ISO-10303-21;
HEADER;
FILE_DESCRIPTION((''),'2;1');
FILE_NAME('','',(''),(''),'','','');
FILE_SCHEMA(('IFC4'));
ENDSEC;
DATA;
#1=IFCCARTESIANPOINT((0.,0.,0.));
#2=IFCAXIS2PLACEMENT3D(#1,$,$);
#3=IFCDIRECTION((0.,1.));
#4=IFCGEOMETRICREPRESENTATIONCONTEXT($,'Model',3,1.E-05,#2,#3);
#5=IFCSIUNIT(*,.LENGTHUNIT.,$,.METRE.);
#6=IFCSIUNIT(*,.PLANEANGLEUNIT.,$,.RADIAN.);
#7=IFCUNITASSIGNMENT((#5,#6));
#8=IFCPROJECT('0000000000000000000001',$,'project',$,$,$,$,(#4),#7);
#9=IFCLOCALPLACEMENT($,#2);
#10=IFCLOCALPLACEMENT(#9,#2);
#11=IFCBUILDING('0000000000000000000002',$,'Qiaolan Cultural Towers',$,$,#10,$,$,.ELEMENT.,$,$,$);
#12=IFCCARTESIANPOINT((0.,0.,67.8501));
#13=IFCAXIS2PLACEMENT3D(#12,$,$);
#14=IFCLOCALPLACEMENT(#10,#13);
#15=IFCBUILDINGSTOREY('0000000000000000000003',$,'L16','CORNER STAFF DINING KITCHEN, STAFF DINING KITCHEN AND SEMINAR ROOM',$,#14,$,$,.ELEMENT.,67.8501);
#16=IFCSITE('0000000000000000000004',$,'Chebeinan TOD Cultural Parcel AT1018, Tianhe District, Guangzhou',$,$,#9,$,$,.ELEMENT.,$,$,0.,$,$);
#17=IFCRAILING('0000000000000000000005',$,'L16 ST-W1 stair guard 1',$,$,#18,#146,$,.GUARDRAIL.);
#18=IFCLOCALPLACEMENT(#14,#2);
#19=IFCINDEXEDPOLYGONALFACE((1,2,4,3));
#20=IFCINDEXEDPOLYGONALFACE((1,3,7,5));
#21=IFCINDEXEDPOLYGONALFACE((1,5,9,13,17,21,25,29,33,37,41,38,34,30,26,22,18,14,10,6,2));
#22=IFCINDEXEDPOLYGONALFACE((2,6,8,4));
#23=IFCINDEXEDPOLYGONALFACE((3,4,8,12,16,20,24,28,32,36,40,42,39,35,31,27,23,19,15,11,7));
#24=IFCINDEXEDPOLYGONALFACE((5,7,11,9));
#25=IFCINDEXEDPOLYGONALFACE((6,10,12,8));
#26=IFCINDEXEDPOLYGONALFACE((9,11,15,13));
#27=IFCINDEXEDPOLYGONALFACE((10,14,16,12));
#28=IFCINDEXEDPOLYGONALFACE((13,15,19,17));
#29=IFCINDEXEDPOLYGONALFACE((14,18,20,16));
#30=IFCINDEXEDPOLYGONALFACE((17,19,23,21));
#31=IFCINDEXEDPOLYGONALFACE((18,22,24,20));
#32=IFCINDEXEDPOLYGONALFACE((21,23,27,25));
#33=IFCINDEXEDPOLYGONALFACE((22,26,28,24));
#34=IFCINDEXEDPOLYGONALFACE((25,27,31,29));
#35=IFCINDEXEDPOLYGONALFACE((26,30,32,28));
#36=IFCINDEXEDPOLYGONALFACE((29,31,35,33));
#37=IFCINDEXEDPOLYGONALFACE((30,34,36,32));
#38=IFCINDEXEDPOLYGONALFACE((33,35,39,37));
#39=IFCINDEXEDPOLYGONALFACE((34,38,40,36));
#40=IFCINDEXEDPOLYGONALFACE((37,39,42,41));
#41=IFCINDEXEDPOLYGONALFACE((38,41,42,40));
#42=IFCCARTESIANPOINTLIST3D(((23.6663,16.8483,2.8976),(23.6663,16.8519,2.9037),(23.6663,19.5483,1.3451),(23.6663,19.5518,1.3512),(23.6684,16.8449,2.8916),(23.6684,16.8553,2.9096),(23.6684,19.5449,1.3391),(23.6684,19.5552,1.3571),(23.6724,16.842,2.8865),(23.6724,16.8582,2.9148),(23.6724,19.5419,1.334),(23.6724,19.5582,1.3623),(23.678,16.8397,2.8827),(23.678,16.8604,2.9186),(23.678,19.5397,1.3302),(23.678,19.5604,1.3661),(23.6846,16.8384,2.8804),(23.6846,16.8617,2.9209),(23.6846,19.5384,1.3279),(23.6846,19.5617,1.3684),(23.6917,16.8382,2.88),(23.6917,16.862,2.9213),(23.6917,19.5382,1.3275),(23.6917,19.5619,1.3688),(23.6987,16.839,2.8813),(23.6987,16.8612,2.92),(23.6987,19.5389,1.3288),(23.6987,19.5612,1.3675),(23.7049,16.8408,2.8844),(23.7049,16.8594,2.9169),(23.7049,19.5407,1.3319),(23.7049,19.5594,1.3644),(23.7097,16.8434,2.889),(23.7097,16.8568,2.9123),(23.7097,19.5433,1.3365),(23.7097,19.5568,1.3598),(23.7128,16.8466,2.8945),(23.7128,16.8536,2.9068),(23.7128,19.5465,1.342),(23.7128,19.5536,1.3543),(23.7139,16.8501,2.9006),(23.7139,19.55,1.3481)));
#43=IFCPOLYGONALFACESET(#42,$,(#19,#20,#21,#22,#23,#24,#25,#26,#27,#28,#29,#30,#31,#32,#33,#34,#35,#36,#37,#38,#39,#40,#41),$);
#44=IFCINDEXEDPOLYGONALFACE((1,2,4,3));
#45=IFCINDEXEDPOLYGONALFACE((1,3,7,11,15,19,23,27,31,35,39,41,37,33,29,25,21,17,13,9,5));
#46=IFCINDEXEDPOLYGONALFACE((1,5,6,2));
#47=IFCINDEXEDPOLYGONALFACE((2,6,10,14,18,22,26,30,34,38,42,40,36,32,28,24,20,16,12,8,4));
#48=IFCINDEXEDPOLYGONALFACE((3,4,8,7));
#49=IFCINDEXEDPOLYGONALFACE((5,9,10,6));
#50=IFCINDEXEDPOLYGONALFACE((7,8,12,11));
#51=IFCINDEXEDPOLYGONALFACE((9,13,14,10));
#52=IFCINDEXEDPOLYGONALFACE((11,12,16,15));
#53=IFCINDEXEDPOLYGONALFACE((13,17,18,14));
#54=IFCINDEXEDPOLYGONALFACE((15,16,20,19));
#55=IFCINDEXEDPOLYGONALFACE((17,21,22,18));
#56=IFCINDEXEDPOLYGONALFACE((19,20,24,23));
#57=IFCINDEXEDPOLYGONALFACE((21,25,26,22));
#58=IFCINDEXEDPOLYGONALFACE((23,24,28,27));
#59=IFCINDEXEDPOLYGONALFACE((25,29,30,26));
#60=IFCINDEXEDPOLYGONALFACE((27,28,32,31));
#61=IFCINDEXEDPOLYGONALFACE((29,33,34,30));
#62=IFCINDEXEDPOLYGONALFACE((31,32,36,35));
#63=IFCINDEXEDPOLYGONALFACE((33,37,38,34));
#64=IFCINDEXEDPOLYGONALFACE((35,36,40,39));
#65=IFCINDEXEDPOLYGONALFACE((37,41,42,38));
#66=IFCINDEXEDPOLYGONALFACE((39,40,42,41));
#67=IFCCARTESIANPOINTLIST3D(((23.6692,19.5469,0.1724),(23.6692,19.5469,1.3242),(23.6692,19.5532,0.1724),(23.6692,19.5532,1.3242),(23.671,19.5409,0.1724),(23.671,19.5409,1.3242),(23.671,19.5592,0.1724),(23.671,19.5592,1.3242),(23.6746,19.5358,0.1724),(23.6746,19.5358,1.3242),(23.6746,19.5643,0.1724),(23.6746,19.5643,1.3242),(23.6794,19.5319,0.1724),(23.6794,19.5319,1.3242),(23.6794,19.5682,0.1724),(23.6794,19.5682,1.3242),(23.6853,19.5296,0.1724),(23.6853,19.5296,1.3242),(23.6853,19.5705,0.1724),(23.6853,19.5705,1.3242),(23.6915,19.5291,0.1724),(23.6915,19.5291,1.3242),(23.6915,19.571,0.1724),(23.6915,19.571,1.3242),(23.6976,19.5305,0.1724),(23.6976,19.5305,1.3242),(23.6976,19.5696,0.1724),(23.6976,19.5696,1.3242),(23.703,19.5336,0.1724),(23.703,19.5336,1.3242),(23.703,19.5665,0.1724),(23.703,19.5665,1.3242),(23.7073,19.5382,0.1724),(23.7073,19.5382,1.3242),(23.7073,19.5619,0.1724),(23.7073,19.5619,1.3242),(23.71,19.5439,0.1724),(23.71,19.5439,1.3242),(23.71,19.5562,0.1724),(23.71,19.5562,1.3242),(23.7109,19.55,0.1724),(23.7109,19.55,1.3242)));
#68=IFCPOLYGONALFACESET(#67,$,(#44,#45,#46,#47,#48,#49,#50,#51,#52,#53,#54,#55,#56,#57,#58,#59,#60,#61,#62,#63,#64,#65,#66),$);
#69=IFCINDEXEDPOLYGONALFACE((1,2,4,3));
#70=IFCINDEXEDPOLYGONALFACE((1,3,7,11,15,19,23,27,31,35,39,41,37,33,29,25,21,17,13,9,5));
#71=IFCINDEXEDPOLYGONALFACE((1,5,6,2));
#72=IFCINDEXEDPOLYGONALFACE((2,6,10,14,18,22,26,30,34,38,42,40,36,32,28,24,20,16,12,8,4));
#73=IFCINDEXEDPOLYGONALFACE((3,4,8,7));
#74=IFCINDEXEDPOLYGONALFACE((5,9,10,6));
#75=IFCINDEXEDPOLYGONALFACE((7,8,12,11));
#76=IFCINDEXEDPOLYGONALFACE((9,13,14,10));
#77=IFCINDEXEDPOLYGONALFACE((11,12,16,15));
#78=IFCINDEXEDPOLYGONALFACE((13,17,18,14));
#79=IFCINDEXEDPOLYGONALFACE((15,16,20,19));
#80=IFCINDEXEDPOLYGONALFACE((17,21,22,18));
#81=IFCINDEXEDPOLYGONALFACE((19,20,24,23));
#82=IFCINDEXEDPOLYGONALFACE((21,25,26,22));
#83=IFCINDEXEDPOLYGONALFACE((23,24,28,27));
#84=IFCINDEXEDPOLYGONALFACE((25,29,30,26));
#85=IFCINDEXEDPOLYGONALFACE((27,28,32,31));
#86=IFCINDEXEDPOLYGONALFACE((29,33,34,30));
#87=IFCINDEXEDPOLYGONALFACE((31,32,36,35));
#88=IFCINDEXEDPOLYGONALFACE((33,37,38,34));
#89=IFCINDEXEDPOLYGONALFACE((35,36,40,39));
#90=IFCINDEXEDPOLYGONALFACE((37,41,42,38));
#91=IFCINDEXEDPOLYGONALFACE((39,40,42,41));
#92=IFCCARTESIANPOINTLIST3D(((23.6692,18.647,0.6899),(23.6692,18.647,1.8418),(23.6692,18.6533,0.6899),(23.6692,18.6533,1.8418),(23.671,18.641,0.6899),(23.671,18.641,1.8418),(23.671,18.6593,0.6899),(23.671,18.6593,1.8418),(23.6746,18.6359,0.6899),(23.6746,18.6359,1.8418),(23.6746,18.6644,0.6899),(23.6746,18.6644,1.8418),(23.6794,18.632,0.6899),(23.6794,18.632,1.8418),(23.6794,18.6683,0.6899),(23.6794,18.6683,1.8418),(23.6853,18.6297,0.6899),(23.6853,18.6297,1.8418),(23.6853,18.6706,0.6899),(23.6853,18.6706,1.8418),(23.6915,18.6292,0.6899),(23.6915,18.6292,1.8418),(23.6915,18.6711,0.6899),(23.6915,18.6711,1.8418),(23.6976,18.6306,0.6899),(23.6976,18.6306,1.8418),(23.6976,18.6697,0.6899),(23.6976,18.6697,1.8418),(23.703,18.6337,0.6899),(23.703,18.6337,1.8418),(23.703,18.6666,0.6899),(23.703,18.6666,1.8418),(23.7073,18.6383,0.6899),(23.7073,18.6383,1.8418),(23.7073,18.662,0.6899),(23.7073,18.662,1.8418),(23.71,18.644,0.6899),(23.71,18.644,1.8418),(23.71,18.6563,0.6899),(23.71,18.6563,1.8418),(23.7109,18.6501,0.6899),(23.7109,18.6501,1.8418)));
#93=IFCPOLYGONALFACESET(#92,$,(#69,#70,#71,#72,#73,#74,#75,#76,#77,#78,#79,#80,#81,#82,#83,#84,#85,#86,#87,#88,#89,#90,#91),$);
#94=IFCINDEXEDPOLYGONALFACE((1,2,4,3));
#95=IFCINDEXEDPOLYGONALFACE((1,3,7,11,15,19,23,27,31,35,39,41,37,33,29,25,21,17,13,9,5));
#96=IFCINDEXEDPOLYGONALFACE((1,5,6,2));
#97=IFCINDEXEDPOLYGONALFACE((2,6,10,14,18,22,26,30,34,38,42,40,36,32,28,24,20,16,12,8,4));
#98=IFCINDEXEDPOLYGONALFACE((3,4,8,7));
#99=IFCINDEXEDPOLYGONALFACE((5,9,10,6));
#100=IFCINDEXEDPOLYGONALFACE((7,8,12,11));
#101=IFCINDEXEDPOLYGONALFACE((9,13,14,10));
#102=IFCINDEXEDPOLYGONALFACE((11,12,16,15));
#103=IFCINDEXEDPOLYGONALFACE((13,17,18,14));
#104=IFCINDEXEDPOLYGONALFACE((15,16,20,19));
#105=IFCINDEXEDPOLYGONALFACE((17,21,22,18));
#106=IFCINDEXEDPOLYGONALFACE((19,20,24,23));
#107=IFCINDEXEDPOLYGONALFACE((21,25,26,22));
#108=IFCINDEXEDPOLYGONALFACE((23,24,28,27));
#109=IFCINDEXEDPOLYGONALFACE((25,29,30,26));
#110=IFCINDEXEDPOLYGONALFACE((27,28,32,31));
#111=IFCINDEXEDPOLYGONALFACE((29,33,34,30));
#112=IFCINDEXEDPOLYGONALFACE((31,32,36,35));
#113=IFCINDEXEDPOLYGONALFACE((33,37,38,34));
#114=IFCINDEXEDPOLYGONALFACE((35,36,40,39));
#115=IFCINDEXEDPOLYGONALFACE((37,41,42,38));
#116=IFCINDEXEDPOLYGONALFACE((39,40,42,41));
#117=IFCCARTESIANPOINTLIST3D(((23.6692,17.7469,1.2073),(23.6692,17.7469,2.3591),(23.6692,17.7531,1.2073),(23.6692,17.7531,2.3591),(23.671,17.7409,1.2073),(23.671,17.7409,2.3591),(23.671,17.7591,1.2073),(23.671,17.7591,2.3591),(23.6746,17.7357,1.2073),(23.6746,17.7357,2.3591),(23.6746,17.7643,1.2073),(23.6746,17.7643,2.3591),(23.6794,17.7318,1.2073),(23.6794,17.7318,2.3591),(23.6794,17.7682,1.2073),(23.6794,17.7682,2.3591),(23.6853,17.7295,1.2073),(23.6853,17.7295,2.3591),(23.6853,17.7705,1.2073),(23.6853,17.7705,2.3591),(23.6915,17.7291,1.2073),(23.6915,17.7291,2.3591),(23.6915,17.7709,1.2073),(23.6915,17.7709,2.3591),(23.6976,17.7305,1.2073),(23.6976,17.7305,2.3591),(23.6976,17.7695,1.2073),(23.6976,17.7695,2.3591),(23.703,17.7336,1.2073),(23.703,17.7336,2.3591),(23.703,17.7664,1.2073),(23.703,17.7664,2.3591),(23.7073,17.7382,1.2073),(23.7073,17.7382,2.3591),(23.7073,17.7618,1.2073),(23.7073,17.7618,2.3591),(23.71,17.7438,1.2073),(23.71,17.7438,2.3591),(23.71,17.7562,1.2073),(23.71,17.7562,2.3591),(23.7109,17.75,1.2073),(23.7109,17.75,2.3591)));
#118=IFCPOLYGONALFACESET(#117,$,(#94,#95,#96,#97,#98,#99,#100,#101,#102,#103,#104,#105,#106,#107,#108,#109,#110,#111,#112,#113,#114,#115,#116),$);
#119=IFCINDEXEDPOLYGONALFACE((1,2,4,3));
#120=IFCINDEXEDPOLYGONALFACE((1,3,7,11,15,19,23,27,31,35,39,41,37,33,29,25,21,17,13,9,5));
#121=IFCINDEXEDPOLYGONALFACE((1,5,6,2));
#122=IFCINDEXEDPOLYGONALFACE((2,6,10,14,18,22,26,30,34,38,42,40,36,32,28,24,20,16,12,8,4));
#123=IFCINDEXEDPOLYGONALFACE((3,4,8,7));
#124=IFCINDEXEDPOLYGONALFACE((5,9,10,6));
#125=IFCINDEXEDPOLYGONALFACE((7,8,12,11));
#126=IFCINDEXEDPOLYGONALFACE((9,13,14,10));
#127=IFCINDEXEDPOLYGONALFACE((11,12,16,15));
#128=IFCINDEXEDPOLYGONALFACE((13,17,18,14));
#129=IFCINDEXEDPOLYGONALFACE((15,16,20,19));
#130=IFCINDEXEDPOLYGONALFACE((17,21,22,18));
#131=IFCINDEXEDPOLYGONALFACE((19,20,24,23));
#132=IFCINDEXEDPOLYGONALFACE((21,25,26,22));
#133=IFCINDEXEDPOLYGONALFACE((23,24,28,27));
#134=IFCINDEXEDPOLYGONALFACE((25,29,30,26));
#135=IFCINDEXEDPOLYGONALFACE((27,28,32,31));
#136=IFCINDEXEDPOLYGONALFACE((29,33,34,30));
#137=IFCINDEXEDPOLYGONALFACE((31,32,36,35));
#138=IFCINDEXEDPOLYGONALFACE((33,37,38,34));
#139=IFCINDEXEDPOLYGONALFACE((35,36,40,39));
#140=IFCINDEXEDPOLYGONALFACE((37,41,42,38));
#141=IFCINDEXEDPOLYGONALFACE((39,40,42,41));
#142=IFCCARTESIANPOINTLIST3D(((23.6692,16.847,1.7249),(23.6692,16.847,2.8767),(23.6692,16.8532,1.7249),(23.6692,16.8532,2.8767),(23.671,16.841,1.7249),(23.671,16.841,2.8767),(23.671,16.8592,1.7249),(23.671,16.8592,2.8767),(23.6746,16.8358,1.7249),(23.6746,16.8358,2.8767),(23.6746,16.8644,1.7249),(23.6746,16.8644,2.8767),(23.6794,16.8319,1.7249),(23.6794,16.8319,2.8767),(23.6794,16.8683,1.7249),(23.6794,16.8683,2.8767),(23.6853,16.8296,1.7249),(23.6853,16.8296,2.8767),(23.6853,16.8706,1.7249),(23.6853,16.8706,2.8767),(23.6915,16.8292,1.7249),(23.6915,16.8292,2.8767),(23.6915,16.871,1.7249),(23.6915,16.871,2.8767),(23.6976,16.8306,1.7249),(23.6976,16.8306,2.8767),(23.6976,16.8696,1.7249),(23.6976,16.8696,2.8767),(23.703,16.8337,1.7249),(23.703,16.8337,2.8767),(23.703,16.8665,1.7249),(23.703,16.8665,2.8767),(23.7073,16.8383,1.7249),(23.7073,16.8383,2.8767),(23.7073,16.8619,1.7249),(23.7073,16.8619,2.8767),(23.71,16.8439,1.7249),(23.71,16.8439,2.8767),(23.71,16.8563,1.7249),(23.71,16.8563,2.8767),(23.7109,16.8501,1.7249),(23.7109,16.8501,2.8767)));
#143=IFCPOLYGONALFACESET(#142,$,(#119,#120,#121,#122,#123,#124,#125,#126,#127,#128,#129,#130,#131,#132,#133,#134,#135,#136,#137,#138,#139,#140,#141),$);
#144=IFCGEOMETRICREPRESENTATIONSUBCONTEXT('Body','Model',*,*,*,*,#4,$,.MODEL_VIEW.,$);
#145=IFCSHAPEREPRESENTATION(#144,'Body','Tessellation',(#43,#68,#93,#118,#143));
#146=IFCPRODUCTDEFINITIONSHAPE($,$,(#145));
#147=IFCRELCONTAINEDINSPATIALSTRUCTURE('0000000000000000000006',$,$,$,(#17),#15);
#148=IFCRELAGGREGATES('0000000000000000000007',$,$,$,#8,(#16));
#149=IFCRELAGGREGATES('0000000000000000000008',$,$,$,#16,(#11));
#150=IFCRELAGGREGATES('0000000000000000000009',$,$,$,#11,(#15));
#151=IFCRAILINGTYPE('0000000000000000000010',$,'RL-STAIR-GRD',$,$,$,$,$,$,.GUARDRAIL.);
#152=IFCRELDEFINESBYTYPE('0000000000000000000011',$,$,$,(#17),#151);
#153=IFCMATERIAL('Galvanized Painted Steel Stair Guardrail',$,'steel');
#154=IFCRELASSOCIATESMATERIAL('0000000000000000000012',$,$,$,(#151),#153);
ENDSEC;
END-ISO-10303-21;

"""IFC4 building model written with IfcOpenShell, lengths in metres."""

from ifc_helpers import new_model, si_unit, direction, frame, origin, origin_2d, place, context, subcontext, project, spatial, circle, extrude, material, type_object, element, save


model = new_model("IFC4")

# Units and contexts
model_context = context("Model", 3, precision=1e-05, world=origin(), true_north=direction((0.0, 1.0)))
body_context = subcontext(model_context, "Body", "Model", "MODEL_VIEW")
ifc_project = project(units=[si_unit("LENGTHUNIT", "METRE"), si_unit("PLANEANGLEUNIT", "RADIAN")], contexts=[model_context])

# Site, building, storey
site_placement = place(None, origin())
site = spatial("IfcSite", under=ifc_project, at=site_placement, Name="Chebeinan TOD Cultural Parcel AT1018, Tianhe District, Guangzhou", CompositionType="ELEMENT", RefElevation=0.0)
building_placement = place(site_placement, origin())
building = spatial("IfcBuilding", under=site, at=building_placement, Name="Qiaolan Cultural Towers", CompositionType="ELEMENT")
storey_placement = place(building_placement, frame((0.0, 0.0, 67.8501)))
storey = spatial("IfcBuildingStorey", under=building, at=storey_placement, Name="L16", Description="CORNER STAFF DINING KITCHEN, STAFF DINING KITCHEN AND SEMINAR ROOM", CompositionType="ELEMENT", Elevation=67.8501)

# Railing
ifc_material_1 = material(Name="Galvanized Painted Steel Stair Guardrail", Category="steel")
railing_type_1 = type_object("IfcRailingType", Name="RL-STAIR-GRD", PredefinedType="GUARDRAIL", material=ifc_material_1)
railing_1_placement = place(storey_placement, frame((23.6899, 19.55, 0.1724)))
element("IfcRailing", 1, at=railing_1_placement, inside=storey, type_object=railing_type_1, Name="L16 ST-W1 stair guard 1", PredefinedType="GUARDRAIL", context=body_context, shape_type="SweptSolid", body=[
    extrude(circle(Radius=0.0239, at=origin_2d()), frame((0.0, 0.0, 1.1758), z_axis=(0.0, -0.866904, 0.498476), x_axis=(1.0, 0.0, 0.0)), (0.0, 0.0, 1.0), 3.1145),
    extrude(circle(Radius=0.021, at=origin_2d()), origin(), (0.0, 0.0, 1.0), 1.1519),
    extrude(circle(Radius=0.021, at=origin_2d()), frame((0.0, -0.8999, 0.5176)), (0.0, 0.0, 1.0), 1.1519),
    extrude(circle(Radius=0.021, at=origin_2d()), frame((0.0, -1.8, 1.0349)), (0.0, 0.0, 1.0), 1.1519),
    extrude(circle(Radius=0.021, at=origin_2d()), frame((0.0, -2.7, 1.5525)), (0.0, 0.0, 1.0), 1.1519),
])

save(model, "model.ifc")
